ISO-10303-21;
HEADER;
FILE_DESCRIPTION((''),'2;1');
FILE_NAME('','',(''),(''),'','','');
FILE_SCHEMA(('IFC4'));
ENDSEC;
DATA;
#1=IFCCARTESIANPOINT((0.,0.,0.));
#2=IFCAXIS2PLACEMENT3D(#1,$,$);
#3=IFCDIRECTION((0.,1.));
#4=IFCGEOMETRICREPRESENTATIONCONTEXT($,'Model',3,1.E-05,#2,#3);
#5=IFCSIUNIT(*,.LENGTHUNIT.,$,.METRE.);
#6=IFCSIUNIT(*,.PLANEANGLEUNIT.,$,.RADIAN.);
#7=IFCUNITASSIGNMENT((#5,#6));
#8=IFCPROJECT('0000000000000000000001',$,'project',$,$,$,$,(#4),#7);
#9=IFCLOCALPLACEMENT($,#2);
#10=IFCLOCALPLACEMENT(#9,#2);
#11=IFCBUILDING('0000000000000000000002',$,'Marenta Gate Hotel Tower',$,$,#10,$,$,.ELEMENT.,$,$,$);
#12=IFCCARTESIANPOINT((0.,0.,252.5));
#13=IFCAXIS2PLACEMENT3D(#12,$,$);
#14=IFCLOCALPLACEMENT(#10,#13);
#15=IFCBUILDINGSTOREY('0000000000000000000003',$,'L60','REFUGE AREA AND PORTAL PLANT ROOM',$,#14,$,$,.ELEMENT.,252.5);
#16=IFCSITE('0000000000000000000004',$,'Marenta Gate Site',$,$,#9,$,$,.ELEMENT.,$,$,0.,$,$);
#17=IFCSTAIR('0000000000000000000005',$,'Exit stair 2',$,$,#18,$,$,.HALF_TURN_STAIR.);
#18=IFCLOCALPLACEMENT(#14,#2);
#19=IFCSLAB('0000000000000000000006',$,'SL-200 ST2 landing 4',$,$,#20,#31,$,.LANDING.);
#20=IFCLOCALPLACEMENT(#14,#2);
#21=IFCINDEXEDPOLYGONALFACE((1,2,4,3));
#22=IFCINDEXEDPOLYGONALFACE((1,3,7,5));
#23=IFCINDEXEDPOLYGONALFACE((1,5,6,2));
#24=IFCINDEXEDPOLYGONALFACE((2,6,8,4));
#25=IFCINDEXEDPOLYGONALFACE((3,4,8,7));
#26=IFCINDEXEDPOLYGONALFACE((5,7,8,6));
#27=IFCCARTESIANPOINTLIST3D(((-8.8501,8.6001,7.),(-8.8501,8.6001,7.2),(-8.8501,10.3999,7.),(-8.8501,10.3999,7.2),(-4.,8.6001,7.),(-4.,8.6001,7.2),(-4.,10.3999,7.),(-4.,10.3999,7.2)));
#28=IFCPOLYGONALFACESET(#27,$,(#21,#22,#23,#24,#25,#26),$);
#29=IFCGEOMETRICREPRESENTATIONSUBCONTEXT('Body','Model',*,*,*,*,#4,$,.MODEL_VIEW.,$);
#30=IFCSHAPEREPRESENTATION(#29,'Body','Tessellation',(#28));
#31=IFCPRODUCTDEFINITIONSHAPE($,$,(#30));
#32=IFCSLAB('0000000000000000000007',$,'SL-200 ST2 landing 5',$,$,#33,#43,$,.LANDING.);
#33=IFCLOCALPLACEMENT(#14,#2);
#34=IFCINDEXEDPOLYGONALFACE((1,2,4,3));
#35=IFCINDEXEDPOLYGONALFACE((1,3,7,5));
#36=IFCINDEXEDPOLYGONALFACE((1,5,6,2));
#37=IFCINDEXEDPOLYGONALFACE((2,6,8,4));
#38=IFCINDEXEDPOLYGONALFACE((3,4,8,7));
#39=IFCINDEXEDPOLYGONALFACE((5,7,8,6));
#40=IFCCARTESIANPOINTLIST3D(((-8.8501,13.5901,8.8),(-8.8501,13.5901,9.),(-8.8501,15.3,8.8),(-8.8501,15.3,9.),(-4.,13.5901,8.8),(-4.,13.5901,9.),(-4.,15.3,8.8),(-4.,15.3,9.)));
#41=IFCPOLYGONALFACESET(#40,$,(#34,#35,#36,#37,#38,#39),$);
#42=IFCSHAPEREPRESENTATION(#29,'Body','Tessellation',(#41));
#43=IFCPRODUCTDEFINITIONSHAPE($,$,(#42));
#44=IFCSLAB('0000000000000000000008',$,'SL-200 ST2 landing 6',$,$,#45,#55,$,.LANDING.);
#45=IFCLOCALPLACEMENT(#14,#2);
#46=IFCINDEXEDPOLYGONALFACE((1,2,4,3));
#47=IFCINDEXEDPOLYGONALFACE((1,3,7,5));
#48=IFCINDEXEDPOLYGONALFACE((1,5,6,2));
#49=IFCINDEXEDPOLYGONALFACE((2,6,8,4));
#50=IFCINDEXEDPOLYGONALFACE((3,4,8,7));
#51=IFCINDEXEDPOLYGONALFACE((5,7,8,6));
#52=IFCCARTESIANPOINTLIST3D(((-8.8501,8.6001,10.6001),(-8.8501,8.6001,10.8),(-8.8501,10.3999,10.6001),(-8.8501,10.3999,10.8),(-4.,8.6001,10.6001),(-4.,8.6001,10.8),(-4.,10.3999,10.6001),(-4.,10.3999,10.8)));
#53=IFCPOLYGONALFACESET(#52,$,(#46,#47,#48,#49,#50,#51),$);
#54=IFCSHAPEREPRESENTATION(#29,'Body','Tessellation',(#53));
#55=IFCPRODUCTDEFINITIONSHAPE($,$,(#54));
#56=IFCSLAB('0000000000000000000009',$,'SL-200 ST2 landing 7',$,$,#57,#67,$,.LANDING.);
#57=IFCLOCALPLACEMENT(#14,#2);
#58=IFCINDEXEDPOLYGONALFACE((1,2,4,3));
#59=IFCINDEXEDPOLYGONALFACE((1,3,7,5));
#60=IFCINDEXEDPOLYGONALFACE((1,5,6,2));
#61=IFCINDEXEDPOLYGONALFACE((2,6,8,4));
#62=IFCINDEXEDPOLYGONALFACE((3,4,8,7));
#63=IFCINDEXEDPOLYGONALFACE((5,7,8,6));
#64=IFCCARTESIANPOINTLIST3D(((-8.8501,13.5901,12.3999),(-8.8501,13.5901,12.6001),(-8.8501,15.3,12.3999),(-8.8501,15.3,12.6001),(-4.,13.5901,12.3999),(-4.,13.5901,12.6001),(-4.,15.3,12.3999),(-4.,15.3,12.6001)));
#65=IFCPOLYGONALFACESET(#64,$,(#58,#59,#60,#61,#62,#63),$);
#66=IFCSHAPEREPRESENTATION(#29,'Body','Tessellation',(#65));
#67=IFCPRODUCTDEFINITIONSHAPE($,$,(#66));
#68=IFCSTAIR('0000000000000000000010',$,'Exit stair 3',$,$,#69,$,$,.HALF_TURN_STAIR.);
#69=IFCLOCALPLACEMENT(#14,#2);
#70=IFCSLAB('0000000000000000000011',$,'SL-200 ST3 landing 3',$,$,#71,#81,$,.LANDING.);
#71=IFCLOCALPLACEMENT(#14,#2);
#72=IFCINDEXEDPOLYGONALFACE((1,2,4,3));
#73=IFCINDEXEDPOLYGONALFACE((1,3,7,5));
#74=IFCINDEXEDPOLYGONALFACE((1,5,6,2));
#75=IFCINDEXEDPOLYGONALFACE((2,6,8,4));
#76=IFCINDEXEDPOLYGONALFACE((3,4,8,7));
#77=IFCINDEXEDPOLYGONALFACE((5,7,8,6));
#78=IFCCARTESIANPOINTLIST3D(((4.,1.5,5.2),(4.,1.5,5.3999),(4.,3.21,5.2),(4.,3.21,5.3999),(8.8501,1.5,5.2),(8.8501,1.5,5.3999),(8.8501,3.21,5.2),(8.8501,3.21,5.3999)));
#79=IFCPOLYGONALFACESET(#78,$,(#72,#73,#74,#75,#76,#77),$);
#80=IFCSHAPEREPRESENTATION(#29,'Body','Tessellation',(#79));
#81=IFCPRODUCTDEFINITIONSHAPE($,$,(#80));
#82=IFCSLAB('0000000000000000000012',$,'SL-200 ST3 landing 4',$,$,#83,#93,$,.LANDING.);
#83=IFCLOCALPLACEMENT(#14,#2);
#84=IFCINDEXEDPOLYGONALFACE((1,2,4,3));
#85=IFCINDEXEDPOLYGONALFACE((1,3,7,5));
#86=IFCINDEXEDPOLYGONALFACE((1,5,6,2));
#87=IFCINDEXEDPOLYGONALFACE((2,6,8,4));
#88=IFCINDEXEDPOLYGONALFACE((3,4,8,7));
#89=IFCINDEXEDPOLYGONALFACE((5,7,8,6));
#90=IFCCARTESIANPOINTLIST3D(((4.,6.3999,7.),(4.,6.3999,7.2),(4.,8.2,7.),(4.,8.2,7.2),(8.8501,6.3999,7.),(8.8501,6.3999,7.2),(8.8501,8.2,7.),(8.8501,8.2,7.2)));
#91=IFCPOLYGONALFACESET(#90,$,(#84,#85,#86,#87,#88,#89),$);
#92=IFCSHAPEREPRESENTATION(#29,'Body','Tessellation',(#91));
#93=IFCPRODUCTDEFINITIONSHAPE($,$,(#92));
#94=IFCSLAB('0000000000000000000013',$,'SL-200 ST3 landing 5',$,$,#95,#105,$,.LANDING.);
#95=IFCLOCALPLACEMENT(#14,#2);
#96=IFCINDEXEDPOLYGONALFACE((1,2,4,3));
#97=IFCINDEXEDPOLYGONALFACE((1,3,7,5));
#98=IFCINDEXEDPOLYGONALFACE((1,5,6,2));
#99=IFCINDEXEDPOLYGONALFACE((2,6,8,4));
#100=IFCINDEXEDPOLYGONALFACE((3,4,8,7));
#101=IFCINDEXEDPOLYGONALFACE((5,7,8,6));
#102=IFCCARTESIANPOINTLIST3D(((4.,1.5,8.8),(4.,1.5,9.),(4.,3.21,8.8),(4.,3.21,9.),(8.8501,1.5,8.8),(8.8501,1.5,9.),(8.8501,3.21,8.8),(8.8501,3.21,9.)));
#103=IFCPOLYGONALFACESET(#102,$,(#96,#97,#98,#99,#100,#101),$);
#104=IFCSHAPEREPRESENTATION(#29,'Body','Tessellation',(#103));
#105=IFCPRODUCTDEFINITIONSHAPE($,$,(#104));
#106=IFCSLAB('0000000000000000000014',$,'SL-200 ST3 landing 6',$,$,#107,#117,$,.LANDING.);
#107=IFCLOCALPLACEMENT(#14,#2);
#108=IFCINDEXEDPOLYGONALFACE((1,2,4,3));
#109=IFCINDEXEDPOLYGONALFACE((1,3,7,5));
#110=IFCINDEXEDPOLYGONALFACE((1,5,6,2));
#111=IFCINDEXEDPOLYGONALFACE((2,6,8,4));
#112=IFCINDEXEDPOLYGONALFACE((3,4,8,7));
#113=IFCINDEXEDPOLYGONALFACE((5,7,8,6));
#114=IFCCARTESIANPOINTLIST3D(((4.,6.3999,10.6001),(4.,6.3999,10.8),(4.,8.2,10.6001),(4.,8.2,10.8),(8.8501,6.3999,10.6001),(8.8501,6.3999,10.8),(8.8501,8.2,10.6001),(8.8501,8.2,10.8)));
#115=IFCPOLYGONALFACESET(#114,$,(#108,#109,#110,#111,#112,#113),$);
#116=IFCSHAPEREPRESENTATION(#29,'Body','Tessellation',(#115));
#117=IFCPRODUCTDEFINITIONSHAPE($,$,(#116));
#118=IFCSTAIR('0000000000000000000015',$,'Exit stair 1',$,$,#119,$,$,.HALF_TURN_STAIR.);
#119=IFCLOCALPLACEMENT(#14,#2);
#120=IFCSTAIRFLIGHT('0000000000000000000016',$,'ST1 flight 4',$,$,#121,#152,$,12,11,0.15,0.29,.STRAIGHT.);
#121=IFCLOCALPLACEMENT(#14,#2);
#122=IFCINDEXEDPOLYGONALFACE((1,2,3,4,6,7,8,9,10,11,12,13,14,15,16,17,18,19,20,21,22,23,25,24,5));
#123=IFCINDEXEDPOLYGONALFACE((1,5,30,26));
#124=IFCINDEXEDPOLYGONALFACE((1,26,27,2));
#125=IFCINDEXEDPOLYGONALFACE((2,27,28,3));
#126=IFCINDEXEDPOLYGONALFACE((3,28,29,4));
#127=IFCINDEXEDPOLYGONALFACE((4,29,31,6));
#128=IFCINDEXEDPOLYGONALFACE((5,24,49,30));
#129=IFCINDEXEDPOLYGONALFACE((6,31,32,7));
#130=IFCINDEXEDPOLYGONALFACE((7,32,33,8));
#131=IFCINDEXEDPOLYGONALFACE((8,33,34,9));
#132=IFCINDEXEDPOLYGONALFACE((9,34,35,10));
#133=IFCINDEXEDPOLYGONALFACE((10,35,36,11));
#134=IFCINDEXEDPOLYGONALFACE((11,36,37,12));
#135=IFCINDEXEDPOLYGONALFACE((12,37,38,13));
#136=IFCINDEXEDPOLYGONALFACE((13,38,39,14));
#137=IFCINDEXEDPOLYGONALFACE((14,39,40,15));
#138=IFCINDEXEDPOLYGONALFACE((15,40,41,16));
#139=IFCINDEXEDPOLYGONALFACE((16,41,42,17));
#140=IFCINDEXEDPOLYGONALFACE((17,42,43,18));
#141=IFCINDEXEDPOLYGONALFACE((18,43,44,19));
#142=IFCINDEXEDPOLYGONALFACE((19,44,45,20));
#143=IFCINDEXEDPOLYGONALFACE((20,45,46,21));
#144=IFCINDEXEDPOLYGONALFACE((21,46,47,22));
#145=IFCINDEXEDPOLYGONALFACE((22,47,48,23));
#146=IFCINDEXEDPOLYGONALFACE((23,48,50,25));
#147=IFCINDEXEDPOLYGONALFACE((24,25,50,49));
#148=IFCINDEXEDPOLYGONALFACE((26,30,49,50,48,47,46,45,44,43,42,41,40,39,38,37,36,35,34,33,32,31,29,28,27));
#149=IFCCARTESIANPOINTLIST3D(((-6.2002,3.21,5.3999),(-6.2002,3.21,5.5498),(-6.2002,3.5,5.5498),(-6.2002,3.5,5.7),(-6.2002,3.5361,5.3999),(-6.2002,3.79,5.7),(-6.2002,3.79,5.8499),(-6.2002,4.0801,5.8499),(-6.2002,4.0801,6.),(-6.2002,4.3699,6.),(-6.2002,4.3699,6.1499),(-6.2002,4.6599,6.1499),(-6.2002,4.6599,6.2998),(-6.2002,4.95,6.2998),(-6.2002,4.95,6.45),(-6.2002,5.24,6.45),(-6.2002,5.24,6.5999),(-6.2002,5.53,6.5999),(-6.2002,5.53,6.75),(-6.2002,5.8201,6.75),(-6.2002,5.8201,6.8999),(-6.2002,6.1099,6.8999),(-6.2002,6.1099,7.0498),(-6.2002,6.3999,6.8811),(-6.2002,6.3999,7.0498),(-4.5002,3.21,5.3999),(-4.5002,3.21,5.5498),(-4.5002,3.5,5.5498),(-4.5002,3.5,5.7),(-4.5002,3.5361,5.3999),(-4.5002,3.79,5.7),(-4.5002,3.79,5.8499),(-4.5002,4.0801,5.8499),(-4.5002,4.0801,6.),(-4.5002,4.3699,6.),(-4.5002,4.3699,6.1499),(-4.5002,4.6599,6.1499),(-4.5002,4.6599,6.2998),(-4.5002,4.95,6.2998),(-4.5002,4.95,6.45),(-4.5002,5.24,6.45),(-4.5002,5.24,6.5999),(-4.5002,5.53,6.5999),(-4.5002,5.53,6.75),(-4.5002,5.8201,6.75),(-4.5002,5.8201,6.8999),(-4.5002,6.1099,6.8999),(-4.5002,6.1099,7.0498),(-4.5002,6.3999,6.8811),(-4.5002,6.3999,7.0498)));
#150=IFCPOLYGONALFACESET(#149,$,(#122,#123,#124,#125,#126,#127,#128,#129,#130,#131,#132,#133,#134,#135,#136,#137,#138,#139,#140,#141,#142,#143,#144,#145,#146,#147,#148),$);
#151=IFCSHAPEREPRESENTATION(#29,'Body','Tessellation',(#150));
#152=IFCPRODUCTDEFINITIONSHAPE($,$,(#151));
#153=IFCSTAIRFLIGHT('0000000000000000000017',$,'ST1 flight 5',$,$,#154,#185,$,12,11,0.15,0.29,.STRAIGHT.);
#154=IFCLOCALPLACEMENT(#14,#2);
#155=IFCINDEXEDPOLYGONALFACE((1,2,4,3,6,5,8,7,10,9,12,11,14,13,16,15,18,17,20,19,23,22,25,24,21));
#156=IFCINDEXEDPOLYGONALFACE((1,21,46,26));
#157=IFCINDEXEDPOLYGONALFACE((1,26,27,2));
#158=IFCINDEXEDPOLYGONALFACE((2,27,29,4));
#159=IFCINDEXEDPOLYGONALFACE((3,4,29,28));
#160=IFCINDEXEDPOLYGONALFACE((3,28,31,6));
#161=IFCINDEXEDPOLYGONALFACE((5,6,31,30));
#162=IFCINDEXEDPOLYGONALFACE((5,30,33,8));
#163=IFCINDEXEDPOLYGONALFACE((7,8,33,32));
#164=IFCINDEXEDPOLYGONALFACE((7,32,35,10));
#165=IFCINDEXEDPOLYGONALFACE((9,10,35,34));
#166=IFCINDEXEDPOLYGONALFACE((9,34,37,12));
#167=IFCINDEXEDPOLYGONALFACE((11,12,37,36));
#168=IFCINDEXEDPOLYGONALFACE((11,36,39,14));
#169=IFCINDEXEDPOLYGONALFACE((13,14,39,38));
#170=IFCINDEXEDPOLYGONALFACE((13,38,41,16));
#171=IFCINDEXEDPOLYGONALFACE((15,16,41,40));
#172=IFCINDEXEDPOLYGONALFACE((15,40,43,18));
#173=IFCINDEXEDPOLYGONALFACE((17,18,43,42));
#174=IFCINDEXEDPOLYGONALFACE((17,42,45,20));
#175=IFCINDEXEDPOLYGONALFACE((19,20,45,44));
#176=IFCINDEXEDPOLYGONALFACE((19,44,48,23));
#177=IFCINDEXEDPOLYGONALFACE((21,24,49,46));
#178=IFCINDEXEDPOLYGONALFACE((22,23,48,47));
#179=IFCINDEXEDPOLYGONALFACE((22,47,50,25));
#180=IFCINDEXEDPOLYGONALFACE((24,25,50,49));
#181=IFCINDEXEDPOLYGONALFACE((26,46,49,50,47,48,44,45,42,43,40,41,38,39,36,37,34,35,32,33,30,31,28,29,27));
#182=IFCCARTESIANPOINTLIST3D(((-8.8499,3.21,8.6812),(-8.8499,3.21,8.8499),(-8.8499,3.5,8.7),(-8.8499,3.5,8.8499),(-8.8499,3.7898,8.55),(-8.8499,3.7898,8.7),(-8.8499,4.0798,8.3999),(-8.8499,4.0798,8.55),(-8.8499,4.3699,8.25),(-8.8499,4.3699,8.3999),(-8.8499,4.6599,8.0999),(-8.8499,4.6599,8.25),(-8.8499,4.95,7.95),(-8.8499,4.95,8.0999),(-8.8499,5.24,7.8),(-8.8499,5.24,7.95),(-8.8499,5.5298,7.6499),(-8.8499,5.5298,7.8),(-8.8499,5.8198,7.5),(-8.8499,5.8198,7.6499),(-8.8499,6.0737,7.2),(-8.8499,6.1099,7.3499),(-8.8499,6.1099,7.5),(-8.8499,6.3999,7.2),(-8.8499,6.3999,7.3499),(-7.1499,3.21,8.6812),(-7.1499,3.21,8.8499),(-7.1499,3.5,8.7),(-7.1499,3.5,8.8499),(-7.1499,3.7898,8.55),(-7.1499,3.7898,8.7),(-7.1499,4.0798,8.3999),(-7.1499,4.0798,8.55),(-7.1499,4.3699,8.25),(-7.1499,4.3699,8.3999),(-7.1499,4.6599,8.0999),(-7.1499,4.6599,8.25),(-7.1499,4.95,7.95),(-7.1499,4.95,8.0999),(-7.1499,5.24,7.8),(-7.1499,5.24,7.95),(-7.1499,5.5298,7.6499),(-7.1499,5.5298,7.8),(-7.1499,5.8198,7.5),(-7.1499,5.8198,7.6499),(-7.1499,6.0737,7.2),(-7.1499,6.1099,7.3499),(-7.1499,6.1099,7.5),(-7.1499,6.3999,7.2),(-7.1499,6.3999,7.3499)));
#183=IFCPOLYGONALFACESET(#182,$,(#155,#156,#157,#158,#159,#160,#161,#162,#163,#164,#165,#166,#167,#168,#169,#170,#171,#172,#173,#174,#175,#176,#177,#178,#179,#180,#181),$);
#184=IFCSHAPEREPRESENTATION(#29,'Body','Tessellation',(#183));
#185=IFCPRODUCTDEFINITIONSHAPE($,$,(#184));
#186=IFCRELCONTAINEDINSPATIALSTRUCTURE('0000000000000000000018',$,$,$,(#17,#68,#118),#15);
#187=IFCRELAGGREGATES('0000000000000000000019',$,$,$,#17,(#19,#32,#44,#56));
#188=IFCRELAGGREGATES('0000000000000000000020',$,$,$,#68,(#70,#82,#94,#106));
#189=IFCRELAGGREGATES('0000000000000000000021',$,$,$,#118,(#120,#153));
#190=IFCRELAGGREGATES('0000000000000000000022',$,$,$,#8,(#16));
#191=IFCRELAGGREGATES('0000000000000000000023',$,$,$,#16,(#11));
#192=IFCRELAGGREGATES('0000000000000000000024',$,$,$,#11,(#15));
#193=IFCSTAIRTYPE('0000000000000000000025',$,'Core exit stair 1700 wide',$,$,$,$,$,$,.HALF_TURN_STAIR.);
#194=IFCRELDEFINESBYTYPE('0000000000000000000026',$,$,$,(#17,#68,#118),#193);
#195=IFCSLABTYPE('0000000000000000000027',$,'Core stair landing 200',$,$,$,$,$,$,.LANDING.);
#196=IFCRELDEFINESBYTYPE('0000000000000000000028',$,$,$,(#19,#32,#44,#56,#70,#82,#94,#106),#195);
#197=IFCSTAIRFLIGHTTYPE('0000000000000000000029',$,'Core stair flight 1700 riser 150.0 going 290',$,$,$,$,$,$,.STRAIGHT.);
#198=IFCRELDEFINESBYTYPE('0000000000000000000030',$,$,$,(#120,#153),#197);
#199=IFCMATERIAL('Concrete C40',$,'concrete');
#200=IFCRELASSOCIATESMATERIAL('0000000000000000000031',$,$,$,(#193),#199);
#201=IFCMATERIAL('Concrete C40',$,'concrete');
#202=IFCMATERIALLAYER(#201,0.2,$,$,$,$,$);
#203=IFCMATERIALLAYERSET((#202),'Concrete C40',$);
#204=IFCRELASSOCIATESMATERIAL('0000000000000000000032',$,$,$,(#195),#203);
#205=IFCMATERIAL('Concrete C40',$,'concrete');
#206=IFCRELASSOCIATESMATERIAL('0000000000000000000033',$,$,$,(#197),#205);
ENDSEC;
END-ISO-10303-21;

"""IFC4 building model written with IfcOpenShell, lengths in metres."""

from ifc_helpers import new_model, si_unit, direction, frame, origin, place, context, subcontext, project, spatial, polyline, outline, extrude, material, layer, layer_set, type_object, element, aggregate, save


model = new_model("IFC4")

# Units and contexts
model_context = context("Model", 3, precision=1e-05, world=origin(), true_north=direction((0.0, 1.0)))
body_context = subcontext(model_context, "Body", "Model", "MODEL_VIEW")
ifc_project = project(units=[si_unit("LENGTHUNIT", "METRE"), si_unit("PLANEANGLEUNIT", "RADIAN")], contexts=[model_context])

# Site, building, storey
site_placement = place(None, origin())
site = spatial("IfcSite", under=ifc_project, at=site_placement, Name="Marenta Gate Site", CompositionType="ELEMENT", RefElevation=0.0)
building_placement = place(site_placement, origin())
building = spatial("IfcBuilding", under=site, at=building_placement, Name="Marenta Gate Hotel Tower", CompositionType="ELEMENT")
storey_placement = place(building_placement, frame((0.0, 0.0, 252.5)))
storey = spatial("IfcBuildingStorey", under=building, at=storey_placement, Name="L60", Description="REFUGE AREA AND PORTAL PLANT ROOM", CompositionType="ELEMENT", Elevation=252.5)

# Stairs, slabs
ifc_material_1 = material(Name="Concrete C40", Category="concrete")
stair_type = type_object("IfcStairType", Name="Core exit stair 1700 wide", PredefinedType="HALF_TURN_STAIR", material=ifc_material_1)
stair_1_placement = place(storey_placement, origin())
stair_1 = element("IfcStair", 1, at=stair_1_placement, inside=storey, type_object=stair_type, Name="Exit stair 2", PredefinedType="HALF_TURN_STAIR")
ifc_material_2 = material(Name="Concrete C40", Category="concrete")
ifc_layer = layer(ifc_material_2, 0.2)
ifc_layer_set = layer_set([ifc_layer], Name="Concrete C40")
slab_type = type_object("IfcSlabType", Name="Core stair landing 200", PredefinedType="LANDING", material=ifc_layer_set)
slab_1_placement = place(storey_placement, frame((0.0, 0.0, 7.0)))
slab_1 = element("IfcSlab", 2, at=slab_1_placement, type_object=slab_type, Name="SL-200 ST2 landing 4", PredefinedType="LANDING", context=body_context, shape_type="SweptSolid", body=[
    extrude(outline(polyline([(-8.8501, 8.6001), (-4.0, 8.6001), (-4.0, 10.3999), (-8.8501, 10.3999), (-8.8501, 8.6001)])), origin(), (0.0, 0.0, 1.0), 0.2),
])
slab_2_placement = place(storey_placement, frame((0.0, 0.0, 8.8)))
slab_2 = element("IfcSlab", 3, at=slab_2_placement, type_object=slab_type, Name="SL-200 ST2 landing 5", PredefinedType="LANDING", context=body_context, shape_type="SweptSolid", body=[
    extrude(outline(polyline([(-8.8501, 13.5901), (-4.0, 13.5901), (-4.0, 15.3), (-8.8501, 15.3), (-8.8501, 13.5901)])), origin(), (0.0, 0.0, 1.0), 0.2),
])
slab_3_placement = place(storey_placement, frame((0.0, 0.0, 10.6001)))
slab_3 = element("IfcSlab", 4, at=slab_3_placement, type_object=slab_type, Name="SL-200 ST2 landing 6", PredefinedType="LANDING", context=body_context, shape_type="SweptSolid", body=[
    extrude(outline(polyline([(-8.8501, 8.6001), (-4.0, 8.6001), (-4.0, 10.3999), (-8.8501, 10.3999), (-8.8501, 8.6001)])), origin(), (0.0, 0.0, 1.0), 0.2),
])
slab_4_placement = place(storey_placement, frame((0.0, 0.0, 12.3999)))
slab_4 = element("IfcSlab", 5, at=slab_4_placement, type_object=slab_type, Name="SL-200 ST2 landing 7", PredefinedType="LANDING", context=body_context, shape_type="SweptSolid", body=[
    extrude(outline(polyline([(-8.8501, 13.5901), (-4.0, 13.5901), (-4.0, 15.3), (-8.8501, 15.3), (-8.8501, 13.5901)])), origin(), (0.0, 0.0, 1.0), 0.2002),
])
aggregate(stair_1, [slab_1, slab_2, slab_3, slab_4])
stair_2_placement = place(storey_placement, origin())
stair_2 = element("IfcStair", 6, at=stair_2_placement, inside=storey, type_object=stair_type, Name="Exit stair 3", PredefinedType="HALF_TURN_STAIR")
slab_5_placement = place(storey_placement, frame((0.0, 0.0, 5.2)))
slab_5 = element("IfcSlab", 7, at=slab_5_placement, type_object=slab_type, Name="SL-200 ST3 landing 3", PredefinedType="LANDING", context=body_context, shape_type="SweptSolid", body=[
    extrude(outline(polyline([(4.0, 1.5), (8.8501, 1.5), (8.8501, 3.21), (4.0, 3.21), (4.0, 1.5)])), origin(), (0.0, 0.0, 1.0), 0.2),
])
slab_6_placement = place(storey_placement, frame((0.0, 0.0, 7.0)))
slab_6 = element("IfcSlab", 8, at=slab_6_placement, type_object=slab_type, Name="SL-200 ST3 landing 4", PredefinedType="LANDING", context=body_context, shape_type="SweptSolid", body=[
    extrude(outline(polyline([(4.0, 6.3999), (8.8501, 6.3999), (8.8501, 8.2), (4.0, 8.2), (4.0, 6.3999)])), origin(), (0.0, 0.0, 1.0), 0.2),
])
slab_7_placement = place(storey_placement, frame((0.0, 0.0, 8.8)))
slab_7 = element("IfcSlab", 9, at=slab_7_placement, type_object=slab_type, Name="SL-200 ST3 landing 5", PredefinedType="LANDING", context=body_context, shape_type="SweptSolid", body=[
    extrude(outline(polyline([(4.0, 1.5), (8.8501, 1.5), (8.8501, 3.21), (4.0, 3.21), (4.0, 1.5)])), origin(), (0.0, 0.0, 1.0), 0.2),
])
slab_8_placement = place(storey_placement, frame((0.0, 0.0, 10.6001)))
slab_8 = element("IfcSlab", 10, at=slab_8_placement, type_object=slab_type, Name="SL-200 ST3 landing 6", PredefinedType="LANDING", context=body_context, shape_type="SweptSolid", body=[
    extrude(outline(polyline([(4.0, 6.3999), (8.8501, 6.3999), (8.8501, 8.2), (4.0, 8.2), (4.0, 6.3999)])), origin(), (0.0, 0.0, 1.0), 0.2),
])
aggregate(stair_2, [slab_5, slab_6, slab_7, slab_8])

# Stair, stair flights
stair_3_placement = place(storey_placement, origin())
stair_3 = element("IfcStair", 11, at=stair_3_placement, inside=storey, type_object=stair_type, Name="Exit stair 1", PredefinedType="HALF_TURN_STAIR")
ifc_material_3 = material(Name="Concrete C40", Category="concrete")
stair_flight_type = type_object("IfcStairFlightType", Name="Core stair flight 1700 riser 150.0 going 290", PredefinedType="STRAIGHT", material=ifc_material_3)
stair_flight_1_placement = place(storey_placement, frame((-5.3501, 3.21, 5.3999), z_axis=(0.0, 0.0, 1.0), x_axis=(0.0, 1.0, 0.0)))
stair_flight_1 = element("IfcStairFlight", 12, at=stair_flight_1_placement, type_object=stair_flight_type, Name="ST1 flight 4", NumberOfRisers=12, NumberOfTreads=11, PredefinedType="STRAIGHT", RiserHeight=0.15, TreadLength=0.29, context=body_context, shape_type="SweptSolid", body=[
    extrude(outline(polyline([(0.0, 0.0), (0.0, 0.1499), (0.29, 0.1499), (0.29, 0.3), (0.5801, 0.3), (0.5801, 0.45), (0.8701, 0.45), (0.8701, 0.6001), (1.1599, 0.6001), (1.1599, 0.75), (1.45, 0.75), (1.45, 0.8999), (1.74, 0.8999), (1.74, 1.05), (2.03, 1.05), (2.03, 1.2), (2.3201, 1.2), (2.3201, 1.3501), (2.6101, 1.3501), (2.6101, 1.5), (2.8999, 1.5), (2.8999, 1.6499), (3.1899, 1.6499), (3.1899, 1.8), (3.1899, 1.4812), (0.3262, 0.0), (0.0, 0.0)])), frame((0.0, 0.8501, 0.0), z_axis=(0.0, -1.0, 0.0), x_axis=(1.0, 0.0, 0.0)), (0.0, 0.0, 1.0), 1.7),
])
stair_flight_2_placement = place(storey_placement, frame((-8.0, 6.3999, 7.2), z_axis=(0.0, 0.0, 1.0), x_axis=(0.0, -1.0, 0.0)))
stair_flight_2 = element("IfcStairFlight", 13, at=stair_flight_2_placement, type_object=stair_flight_type, Name="ST1 flight 5", NumberOfRisers=12, NumberOfTreads=11, PredefinedType="STRAIGHT", RiserHeight=0.15, TreadLength=0.29, context=body_context, shape_type="SweptSolid", body=[
    extrude(outline(polyline([(0.0, 0.0), (0.0, 0.1499), (0.29, 0.1499), (0.29, 0.3), (0.5801, 0.3), (0.5801, 0.45), (0.8701, 0.45), (0.8701, 0.6001), (1.1599, 0.6001), (1.1599, 0.75), (1.45, 0.75), (1.45, 0.8999), (1.74, 0.8999), (1.74, 1.05), (2.03, 1.05), (2.03, 1.2), (2.3201, 1.2), (2.3201, 1.3501), (2.6101, 1.3501), (2.6101, 1.5), (2.8999, 1.5), (2.8999, 1.6499), (3.1899, 1.6499), (3.1899, 1.8), (3.1899, 1.4812), (0.3262, 0.0), (0.0, 0.0)])), frame((0.0, 0.8501, 0.0), z_axis=(0.0, -1.0, 0.0), x_axis=(1.0, 0.0, 0.0)), (0.0, 0.0, 1.0), 1.7),
])
aggregate(stair_3, [stair_flight_1, stair_flight_2])

save(model, "model.ifc")
